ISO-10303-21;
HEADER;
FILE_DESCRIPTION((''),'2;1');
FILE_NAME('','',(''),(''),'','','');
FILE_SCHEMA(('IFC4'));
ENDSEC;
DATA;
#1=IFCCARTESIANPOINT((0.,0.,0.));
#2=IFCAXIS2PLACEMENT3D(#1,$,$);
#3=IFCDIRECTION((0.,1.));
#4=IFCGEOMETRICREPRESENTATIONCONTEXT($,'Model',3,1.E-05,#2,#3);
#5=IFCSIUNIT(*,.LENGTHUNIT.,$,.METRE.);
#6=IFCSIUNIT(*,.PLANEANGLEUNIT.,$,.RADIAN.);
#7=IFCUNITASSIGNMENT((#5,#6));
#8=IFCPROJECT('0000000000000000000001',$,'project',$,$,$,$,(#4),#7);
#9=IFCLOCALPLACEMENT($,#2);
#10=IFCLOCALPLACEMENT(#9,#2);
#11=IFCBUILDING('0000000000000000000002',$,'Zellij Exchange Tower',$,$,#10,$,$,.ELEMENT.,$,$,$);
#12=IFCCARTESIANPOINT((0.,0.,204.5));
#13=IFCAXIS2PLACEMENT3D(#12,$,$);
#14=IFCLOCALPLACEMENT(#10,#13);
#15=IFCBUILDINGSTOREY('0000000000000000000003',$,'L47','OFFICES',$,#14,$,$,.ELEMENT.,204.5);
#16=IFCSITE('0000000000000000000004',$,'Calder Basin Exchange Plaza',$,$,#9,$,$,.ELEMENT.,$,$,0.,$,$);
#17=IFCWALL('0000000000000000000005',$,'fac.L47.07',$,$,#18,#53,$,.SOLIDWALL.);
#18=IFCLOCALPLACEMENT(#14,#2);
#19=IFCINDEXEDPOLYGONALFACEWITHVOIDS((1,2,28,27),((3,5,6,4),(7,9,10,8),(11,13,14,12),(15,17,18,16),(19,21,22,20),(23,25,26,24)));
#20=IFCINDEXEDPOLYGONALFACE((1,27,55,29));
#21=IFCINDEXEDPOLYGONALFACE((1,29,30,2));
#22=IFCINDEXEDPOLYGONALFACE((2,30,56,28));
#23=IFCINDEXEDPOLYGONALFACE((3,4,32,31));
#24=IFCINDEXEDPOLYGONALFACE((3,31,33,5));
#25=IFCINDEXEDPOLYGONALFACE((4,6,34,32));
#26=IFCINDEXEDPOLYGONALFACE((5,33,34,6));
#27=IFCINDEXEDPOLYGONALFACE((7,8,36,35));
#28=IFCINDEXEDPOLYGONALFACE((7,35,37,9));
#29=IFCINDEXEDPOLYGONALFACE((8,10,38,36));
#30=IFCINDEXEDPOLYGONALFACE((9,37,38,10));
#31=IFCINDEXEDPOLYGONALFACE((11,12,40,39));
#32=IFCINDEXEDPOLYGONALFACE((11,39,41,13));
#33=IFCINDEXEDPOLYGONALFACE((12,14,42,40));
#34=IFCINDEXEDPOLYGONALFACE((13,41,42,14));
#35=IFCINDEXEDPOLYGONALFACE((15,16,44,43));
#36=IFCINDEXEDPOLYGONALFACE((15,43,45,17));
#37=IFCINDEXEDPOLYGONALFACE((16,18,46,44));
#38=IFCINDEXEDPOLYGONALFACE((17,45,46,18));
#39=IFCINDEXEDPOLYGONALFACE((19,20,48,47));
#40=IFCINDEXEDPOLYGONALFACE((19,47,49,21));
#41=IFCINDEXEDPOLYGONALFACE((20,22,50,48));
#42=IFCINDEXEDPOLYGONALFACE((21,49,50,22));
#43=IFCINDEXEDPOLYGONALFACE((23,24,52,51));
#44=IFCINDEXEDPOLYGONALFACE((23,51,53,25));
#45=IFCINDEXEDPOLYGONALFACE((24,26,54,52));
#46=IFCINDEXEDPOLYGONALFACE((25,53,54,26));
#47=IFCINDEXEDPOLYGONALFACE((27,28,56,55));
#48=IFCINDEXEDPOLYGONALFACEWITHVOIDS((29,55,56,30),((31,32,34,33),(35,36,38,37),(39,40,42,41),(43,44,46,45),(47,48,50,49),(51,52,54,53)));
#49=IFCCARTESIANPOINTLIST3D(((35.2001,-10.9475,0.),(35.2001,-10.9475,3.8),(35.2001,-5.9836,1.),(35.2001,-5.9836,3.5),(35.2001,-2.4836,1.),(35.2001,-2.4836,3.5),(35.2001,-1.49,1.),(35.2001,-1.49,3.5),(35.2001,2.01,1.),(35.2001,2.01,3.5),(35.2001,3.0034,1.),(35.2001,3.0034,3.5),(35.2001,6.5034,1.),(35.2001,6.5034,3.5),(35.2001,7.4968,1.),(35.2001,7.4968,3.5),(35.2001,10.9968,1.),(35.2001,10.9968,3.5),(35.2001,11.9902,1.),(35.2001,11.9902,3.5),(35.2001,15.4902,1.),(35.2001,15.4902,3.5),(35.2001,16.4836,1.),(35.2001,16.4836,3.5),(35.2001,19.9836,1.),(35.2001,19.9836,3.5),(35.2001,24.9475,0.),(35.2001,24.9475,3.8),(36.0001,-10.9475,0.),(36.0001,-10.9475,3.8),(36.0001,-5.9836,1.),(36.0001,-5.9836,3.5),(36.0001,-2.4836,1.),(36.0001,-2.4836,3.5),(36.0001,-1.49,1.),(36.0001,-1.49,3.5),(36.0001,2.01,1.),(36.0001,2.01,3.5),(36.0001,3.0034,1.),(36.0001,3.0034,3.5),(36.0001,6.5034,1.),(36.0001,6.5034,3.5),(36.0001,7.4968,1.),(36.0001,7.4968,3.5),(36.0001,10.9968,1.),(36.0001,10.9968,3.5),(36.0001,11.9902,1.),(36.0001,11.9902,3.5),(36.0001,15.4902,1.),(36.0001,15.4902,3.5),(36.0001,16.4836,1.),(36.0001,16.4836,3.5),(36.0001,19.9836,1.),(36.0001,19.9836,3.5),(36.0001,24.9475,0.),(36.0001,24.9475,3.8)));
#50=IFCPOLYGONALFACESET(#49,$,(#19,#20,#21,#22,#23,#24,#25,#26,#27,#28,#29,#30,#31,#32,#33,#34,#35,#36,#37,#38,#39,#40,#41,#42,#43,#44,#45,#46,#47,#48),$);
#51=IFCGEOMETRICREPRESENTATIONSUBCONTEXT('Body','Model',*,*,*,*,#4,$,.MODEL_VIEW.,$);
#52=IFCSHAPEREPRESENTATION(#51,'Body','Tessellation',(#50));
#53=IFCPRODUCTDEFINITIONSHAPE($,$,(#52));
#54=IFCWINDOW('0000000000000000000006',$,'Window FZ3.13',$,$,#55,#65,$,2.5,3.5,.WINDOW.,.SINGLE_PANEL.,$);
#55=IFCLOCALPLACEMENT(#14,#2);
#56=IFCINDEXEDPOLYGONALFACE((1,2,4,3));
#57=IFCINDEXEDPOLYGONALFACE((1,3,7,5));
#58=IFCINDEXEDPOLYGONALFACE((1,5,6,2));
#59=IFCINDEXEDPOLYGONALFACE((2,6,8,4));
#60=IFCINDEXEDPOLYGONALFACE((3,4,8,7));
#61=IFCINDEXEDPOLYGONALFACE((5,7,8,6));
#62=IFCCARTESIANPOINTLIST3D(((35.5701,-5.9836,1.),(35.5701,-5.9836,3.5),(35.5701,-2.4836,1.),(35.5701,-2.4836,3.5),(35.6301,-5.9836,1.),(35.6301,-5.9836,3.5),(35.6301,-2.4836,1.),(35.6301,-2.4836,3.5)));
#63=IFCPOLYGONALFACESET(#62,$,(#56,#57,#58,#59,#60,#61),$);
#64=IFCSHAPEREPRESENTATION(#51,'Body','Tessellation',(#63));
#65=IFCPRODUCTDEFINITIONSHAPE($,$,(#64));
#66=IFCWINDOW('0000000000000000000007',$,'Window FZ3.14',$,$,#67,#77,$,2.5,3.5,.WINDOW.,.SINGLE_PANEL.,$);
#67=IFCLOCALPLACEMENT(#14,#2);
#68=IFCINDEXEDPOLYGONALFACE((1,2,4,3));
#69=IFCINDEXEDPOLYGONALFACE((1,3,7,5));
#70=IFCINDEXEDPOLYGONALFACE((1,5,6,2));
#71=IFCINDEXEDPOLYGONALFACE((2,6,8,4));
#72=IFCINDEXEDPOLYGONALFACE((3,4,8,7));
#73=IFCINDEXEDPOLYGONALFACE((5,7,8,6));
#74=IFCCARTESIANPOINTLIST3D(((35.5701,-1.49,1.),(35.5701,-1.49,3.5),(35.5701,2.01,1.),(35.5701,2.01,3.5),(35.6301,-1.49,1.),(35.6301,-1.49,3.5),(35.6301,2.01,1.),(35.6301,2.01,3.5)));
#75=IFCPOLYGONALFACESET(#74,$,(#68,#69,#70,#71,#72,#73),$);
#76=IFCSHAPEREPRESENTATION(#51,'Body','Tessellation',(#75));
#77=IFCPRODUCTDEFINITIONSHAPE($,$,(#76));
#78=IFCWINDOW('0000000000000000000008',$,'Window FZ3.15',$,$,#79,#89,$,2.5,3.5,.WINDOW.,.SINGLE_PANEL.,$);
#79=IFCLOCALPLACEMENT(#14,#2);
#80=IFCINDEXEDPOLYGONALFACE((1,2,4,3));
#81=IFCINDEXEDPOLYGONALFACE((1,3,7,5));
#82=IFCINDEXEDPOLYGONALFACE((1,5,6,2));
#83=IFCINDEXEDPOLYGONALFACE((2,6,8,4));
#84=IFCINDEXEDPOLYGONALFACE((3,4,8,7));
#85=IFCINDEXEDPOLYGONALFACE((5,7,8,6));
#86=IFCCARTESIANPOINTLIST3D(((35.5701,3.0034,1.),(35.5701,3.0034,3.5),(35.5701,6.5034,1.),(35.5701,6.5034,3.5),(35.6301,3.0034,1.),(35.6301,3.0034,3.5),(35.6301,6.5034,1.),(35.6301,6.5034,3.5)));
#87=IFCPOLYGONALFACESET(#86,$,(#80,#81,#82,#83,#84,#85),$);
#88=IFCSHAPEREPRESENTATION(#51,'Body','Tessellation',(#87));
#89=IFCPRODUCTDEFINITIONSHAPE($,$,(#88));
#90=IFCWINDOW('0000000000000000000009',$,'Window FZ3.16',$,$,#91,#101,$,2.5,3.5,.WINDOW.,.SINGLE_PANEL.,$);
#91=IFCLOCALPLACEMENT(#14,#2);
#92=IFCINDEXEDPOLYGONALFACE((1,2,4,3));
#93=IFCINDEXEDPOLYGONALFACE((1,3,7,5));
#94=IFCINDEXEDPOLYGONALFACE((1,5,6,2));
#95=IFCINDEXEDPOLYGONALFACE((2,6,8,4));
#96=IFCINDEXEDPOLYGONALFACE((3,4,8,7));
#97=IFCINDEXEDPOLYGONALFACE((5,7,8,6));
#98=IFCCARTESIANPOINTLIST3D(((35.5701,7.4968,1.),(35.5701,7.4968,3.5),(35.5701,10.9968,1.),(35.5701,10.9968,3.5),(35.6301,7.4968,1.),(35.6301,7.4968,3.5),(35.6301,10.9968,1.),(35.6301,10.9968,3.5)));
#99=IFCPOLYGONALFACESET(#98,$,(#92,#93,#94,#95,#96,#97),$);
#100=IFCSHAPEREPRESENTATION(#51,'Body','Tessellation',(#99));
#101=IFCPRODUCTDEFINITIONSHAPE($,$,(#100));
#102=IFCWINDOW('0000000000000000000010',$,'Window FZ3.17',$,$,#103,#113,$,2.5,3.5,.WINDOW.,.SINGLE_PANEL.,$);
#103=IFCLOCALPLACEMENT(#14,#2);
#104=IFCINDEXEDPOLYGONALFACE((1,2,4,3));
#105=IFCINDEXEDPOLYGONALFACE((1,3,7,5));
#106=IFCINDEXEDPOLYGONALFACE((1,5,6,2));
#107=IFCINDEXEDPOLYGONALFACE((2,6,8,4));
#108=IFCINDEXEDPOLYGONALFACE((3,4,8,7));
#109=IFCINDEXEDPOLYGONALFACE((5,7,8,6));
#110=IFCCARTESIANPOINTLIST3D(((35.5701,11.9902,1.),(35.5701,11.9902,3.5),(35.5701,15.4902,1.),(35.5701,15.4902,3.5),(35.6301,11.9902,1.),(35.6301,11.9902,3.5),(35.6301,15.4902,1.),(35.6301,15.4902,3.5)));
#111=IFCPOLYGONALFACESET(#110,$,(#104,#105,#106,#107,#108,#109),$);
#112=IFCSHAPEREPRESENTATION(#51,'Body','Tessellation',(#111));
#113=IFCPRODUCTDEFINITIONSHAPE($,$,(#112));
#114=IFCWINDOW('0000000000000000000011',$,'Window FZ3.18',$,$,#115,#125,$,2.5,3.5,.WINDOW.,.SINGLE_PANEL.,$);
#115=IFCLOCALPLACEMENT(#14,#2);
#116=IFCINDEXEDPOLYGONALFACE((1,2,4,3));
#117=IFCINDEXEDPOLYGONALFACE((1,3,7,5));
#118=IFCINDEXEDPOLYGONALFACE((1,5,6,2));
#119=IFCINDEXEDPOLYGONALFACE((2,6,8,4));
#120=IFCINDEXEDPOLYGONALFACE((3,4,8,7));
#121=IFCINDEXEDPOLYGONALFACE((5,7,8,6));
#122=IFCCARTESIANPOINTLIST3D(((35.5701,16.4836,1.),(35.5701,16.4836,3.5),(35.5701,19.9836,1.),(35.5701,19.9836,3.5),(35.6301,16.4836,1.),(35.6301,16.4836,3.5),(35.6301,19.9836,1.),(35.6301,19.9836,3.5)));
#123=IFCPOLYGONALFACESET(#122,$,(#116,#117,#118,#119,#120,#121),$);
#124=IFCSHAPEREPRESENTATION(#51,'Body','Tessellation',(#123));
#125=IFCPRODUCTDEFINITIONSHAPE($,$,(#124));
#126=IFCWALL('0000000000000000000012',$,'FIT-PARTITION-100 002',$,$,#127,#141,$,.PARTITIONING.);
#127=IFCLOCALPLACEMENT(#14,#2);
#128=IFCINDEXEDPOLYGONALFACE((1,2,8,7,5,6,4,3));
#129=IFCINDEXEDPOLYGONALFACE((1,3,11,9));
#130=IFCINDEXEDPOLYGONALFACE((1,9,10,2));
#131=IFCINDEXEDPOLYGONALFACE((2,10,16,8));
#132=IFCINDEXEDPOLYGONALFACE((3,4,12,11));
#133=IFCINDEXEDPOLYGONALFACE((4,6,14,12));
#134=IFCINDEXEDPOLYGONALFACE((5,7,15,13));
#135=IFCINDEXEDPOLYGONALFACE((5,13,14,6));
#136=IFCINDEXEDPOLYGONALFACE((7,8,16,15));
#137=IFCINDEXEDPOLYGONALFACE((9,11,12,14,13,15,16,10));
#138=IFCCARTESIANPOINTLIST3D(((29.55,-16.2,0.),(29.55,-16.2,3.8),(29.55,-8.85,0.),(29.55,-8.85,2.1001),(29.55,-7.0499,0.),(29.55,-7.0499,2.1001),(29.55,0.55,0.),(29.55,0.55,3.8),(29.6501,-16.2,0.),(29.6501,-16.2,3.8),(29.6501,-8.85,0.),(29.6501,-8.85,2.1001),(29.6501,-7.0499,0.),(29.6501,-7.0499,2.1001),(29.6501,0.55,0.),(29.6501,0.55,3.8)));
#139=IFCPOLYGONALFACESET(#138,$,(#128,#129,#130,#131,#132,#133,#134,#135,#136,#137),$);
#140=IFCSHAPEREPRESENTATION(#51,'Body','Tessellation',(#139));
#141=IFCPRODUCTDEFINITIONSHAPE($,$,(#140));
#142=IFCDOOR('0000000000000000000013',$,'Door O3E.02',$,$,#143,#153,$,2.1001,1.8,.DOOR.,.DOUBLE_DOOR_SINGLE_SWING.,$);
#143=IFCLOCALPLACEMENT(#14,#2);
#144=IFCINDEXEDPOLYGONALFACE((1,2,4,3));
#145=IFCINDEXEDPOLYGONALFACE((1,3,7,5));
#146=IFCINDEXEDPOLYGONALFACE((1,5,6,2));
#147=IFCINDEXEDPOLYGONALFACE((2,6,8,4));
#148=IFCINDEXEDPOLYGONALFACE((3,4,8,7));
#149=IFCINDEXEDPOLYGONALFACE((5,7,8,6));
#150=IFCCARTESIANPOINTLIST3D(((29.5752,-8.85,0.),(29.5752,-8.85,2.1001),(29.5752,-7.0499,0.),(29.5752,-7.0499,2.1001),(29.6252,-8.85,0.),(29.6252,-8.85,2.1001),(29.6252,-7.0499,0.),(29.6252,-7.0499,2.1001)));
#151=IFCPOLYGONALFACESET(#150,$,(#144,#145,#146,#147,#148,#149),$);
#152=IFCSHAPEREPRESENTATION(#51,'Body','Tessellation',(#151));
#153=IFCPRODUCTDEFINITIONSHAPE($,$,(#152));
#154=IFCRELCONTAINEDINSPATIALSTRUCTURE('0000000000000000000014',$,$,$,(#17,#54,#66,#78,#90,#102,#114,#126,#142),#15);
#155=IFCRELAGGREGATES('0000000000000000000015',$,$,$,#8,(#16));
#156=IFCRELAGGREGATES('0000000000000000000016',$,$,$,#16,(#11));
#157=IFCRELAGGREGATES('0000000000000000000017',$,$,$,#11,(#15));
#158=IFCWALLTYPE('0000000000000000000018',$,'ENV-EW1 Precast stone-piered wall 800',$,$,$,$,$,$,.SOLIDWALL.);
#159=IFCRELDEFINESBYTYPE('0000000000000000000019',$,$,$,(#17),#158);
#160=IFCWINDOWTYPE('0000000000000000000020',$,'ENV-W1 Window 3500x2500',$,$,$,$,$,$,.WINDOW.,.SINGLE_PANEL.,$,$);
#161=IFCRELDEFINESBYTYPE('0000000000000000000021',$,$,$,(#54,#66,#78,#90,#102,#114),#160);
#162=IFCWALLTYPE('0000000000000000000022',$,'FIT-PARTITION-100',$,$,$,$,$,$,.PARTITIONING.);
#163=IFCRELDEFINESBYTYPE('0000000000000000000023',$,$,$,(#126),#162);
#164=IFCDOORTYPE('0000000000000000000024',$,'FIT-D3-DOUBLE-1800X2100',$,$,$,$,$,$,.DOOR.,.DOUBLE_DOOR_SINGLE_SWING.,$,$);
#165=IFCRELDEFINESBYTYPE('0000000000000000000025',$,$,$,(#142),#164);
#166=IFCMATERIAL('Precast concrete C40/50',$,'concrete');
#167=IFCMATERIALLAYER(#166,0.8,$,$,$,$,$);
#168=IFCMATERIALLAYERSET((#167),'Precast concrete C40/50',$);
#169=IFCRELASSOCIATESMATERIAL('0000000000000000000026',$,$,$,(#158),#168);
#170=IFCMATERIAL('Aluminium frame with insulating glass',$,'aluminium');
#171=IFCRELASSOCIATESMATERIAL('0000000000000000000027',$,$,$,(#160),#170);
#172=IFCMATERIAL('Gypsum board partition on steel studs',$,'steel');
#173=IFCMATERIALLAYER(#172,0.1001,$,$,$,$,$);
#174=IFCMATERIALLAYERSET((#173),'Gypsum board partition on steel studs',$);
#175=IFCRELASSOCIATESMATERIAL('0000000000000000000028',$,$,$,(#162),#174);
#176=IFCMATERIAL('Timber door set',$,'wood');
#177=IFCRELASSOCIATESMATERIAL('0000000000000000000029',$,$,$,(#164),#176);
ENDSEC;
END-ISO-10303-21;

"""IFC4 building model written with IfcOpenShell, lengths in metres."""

from ifc_helpers import new_model, si_unit, direction, frame, frame_2d, origin, place, context, subcontext, project, spatial, rectangle, extrude, material, layer, layer_set, type_object, element, fill, save


model = new_model("IFC4")

# Units and contexts
model_context = context("Model", 3, precision=1e-05, world=origin(), true_north=direction((0.0, 1.0)))
body_context = subcontext(model_context, "Body", "Model", "MODEL_VIEW")
ifc_project = project(units=[si_unit("LENGTHUNIT", "METRE"), si_unit("PLANEANGLEUNIT", "RADIAN")], contexts=[model_context])

# Site, building, storey
site_placement = place(None, origin())
site = spatial("IfcSite", under=ifc_project, at=site_placement, Name="Calder Basin Exchange Plaza", CompositionType="ELEMENT", RefElevation=0.0)
building_placement = place(site_placement, origin())
building = spatial("IfcBuilding", under=site, at=building_placement, Name="Zellij Exchange Tower", CompositionType="ELEMENT")
storey_placement = place(building_placement, frame((0.0, 0.0, 204.5)))
storey = spatial("IfcBuildingStorey", under=building, at=storey_placement, Name="L47", Description="OFFICES", CompositionType="ELEMENT", Elevation=204.5)

# Shared definitions
ifc_material_1 = material(Name="Precast concrete C40/50", Category="concrete")
ifc_layer_1 = layer(ifc_material_1, 0.8)
ifc_layer_set_1 = layer_set([ifc_layer_1], Name="Precast concrete C40/50")
wall_type_1 = type_object("IfcWallType", Name="ENV-EW1 Precast stone-piered wall 800", PredefinedType="SOLIDWALL", material=ifc_layer_set_1)

# Wall, openings, windows
wall_1_placement = place(storey_placement, frame((35.6001, -10.9475, 0.0), z_axis=(0.0, 0.0, 1.0), x_axis=(0.0, 1.0, 0.0)))
wall_1 = element("IfcWall", 1, at=wall_1_placement, inside=storey, type_object=wall_type_1, Name="fac.L47.07", PredefinedType="SOLIDWALL", context=body_context, shape_type="SweptSolid", body=[
    extrude(rectangle(XDim=35.895, YDim=0.8, at=frame_2d((17.9475, 0.0))), origin(), (0.0, 0.0, 1.0), 3.8),
])
opening_1_placement = place(wall_1_placement, frame((4.9639, 0.0, 1.0)))
opening_1 = element("IfcOpeningElement", 2, at=opening_1_placement, cuts=wall_1, PredefinedType="OPENING", context=body_context, shape_type="SweptSolid", body=[
    extrude(rectangle(XDim=3.5, YDim=2.5, at=frame_2d((1.75, 1.25))), frame((0.0, 0.4121, 0.0), z_axis=(0.0, -1.0, 0.0), x_axis=(1.0, 0.0, 0.0)), (0.0, 0.0, 1.0), 0.824),
])
opening_2_placement = place(wall_1_placement, frame((9.4575, 0.0, 1.0)))
opening_2 = element("IfcOpeningElement", 3, at=opening_2_placement, cuts=wall_1, PredefinedType="OPENING", context=body_context, shape_type="SweptSolid", body=[
    extrude(rectangle(XDim=3.5, YDim=2.5, at=frame_2d((1.75, 1.25))), frame((0.0, 0.4121, 0.0), z_axis=(0.0, -1.0, 0.0), x_axis=(1.0, 0.0, 0.0)), (0.0, 0.0, 1.0), 0.824),
])
opening_3_placement = place(wall_1_placement, frame((13.9509, 0.0, 1.0)))
opening_3 = element("IfcOpeningElement", 4, at=opening_3_placement, cuts=wall_1, PredefinedType="OPENING", context=body_context, shape_type="SweptSolid", body=[
    extrude(rectangle(XDim=3.5, YDim=2.5, at=frame_2d((1.75, 1.25))), frame((0.0, 0.4121, 0.0), z_axis=(0.0, -1.0, 0.0), x_axis=(1.0, 0.0, 0.0)), (0.0, 0.0, 1.0), 0.824),
])
opening_4_placement = place(wall_1_placement, frame((18.4443, 0.0, 1.0)))
opening_4 = element("IfcOpeningElement", 5, at=opening_4_placement, cuts=wall_1, PredefinedType="OPENING", context=body_context, shape_type="SweptSolid", body=[
    extrude(rectangle(XDim=3.5, YDim=2.5, at=frame_2d((1.75, 1.25))), frame((0.0, 0.4121, 0.0), z_axis=(0.0, -1.0, 0.0), x_axis=(1.0, 0.0, 0.0)), (0.0, 0.0, 1.0), 0.824),
])
opening_5_placement = place(wall_1_placement, frame((22.9377, 0.0, 1.0)))
opening_5 = element("IfcOpeningElement", 6, at=opening_5_placement, cuts=wall_1, PredefinedType="OPENING", context=body_context, shape_type="SweptSolid", body=[
    extrude(rectangle(XDim=3.5, YDim=2.5, at=frame_2d((1.75, 1.25))), frame((0.0, 0.4121, 0.0), z_axis=(0.0, -1.0, 0.0), x_axis=(1.0, 0.0, 0.0)), (0.0, 0.0, 1.0), 0.824),
])
opening_6_placement = place(wall_1_placement, frame((27.4312, 0.0, 1.0)))
opening_6 = element("IfcOpeningElement", 7, at=opening_6_placement, cuts=wall_1, PredefinedType="OPENING", context=body_context, shape_type="SweptSolid", body=[
    extrude(rectangle(XDim=3.5, YDim=2.5, at=frame_2d((1.75, 1.25))), frame((0.0, 0.4121, 0.0), z_axis=(0.0, -1.0, 0.0), x_axis=(1.0, 0.0, 0.0)), (0.0, 0.0, 1.0), 0.824),
])
ifc_material_2 = material(Name="Aluminium frame with insulating glass", Category="aluminium")
window_type = type_object("IfcWindowType", Name="ENV-W1 Window 3500x2500", PartitioningType="SINGLE_PANEL", PredefinedType="WINDOW", material=ifc_material_2)
window_1_placement = place(opening_1_placement, origin())
window_1 = element("IfcWindow", 8, at=window_1_placement, inside=storey, type_object=window_type, Name="Window FZ3.13", OverallHeight=2.5, OverallWidth=3.5, PartitioningType="SINGLE_PANEL", PredefinedType="WINDOW", context=body_context, shape_type="SweptSolid", body=[
    extrude(rectangle(XDim=3.5, YDim=2.5, at=frame_2d((1.75, 1.25))), frame((0.0, 0.03, 0.0), z_axis=(0.0, -1.0, 0.0), x_axis=(1.0, 0.0, 0.0)), (0.0, 0.0, 1.0), 0.0601),
])
fill(opening_1, window_1)
window_2_placement = place(opening_2_placement, origin())
window_2 = element("IfcWindow", 9, at=window_2_placement, inside=storey, type_object=window_type, Name="Window FZ3.14", OverallHeight=2.5, OverallWidth=3.5, PartitioningType="SINGLE_PANEL", PredefinedType="WINDOW", context=body_context, shape_type="SweptSolid", body=[
    extrude(rectangle(XDim=3.5, YDim=2.5, at=frame_2d((1.75, 1.25))), frame((0.0, 0.03, 0.0), z_axis=(0.0, -1.0, 0.0), x_axis=(1.0, 0.0, 0.0)), (0.0, 0.0, 1.0), 0.0601),
])
fill(opening_2, window_2)
window_3_placement = place(opening_3_placement, origin())
window_3 = element("IfcWindow", 10, at=window_3_placement, inside=storey, type_object=window_type, Name="Window FZ3.15", OverallHeight=2.5, OverallWidth=3.5, PartitioningType="SINGLE_PANEL", PredefinedType="WINDOW", context=body_context, shape_type="SweptSolid", body=[
    extrude(rectangle(XDim=3.5, YDim=2.5, at=frame_2d((1.75, 1.25))), frame((0.0, 0.03, 0.0), z_axis=(0.0, -1.0, 0.0), x_axis=(1.0, 0.0, 0.0)), (0.0, 0.0, 1.0), 0.0601),
])
fill(opening_3, window_3)
window_4_placement = place(opening_4_placement, origin())
window_4 = element("IfcWindow", 11, at=window_4_placement, inside=storey, type_object=window_type, Name="Window FZ3.16", OverallHeight=2.5, OverallWidth=3.5, PartitioningType="SINGLE_PANEL", PredefinedType="WINDOW", context=body_context, shape_type="SweptSolid", body=[
    extrude(rectangle(XDim=3.5, YDim=2.5, at=frame_2d((1.75, 1.25))), frame((0.0, 0.03, 0.0), z_axis=(0.0, -1.0, 0.0), x_axis=(1.0, 0.0, 0.0)), (0.0, 0.0, 1.0), 0.0601),
])
fill(opening_4, window_4)
window_5_placement = place(opening_5_placement, origin())
window_5 = element("IfcWindow", 12, at=window_5_placement, inside=storey, type_object=window_type, Name="Window FZ3.17", OverallHeight=2.5, OverallWidth=3.5, PartitioningType="SINGLE_PANEL", PredefinedType="WINDOW", context=body_context, shape_type="SweptSolid", body=[
    extrude(rectangle(XDim=3.5, YDim=2.5, at=frame_2d((1.75, 1.25))), frame((0.0, 0.03, 0.0), z_axis=(0.0, -1.0, 0.0), x_axis=(1.0, 0.0, 0.0)), (0.0, 0.0, 1.0), 0.0601),
])
fill(opening_5, window_5)
window_6_placement = place(opening_6_placement, origin())
window_6 = element("IfcWindow", 13, at=window_6_placement, inside=storey, type_object=window_type, Name="Window FZ3.18", OverallHeight=2.5, OverallWidth=3.5, PartitioningType="SINGLE_PANEL", PredefinedType="WINDOW", context=body_context, shape_type="SweptSolid", body=[
    extrude(rectangle(XDim=3.5, YDim=2.5, at=frame_2d((1.75, 1.25))), frame((0.0, 0.03, 0.0), z_axis=(0.0, -1.0, 0.0), x_axis=(1.0, 0.0, 0.0)), (0.0, 0.0, 1.0), 0.0601),
])
fill(opening_6, window_6)

# Wall, opening, door
ifc_material_3 = material(Name="Gypsum board partition on steel studs", Category="steel")
ifc_layer_2 = layer(ifc_material_3, 0.1001)
ifc_layer_set_2 = layer_set([ifc_layer_2], Name="Gypsum board partition on steel studs")
wall_type_2 = type_object("IfcWallType", Name="FIT-PARTITION-100", PredefinedType="PARTITIONING", material=ifc_layer_set_2)
wall_2_placement = place(storey_placement, frame((29.6001, -16.2, 0.0), z_axis=(0.0, 0.0, 1.0), x_axis=(0.0, 1.0, 0.0)))
wall_2 = element("IfcWall", 14, at=wall_2_placement, inside=storey, type_object=wall_type_2, Name="FIT-PARTITION-100 002", PredefinedType="PARTITIONING", context=body_context, shape_type="SweptSolid", body=[
    extrude(rectangle(XDim=16.75, YDim=0.1001, at=frame_2d((8.375, 0.0))), origin(), (0.0, 0.0, 1.0), 3.8),
])
opening_7_placement = place(wall_2_placement, frame((7.3501, 0.0, 0.0)))
opening_7 = element("IfcOpeningElement", 15, at=opening_7_placement, cuts=wall_2, PredefinedType="OPENING", context=body_context, shape_type="SweptSolid", body=[
    extrude(rectangle(XDim=1.8, YDim=2.1001, at=frame_2d((0.8999, 1.05))), frame((0.0, 0.062, 0.0), z_axis=(0.0, -1.0, 0.0), x_axis=(1.0, 0.0, 0.0)), (0.0, 0.0, 1.0), 0.124),
])
ifc_material_4 = material(Name="Timber door set", Category="wood")
door_type_1 = type_object("IfcDoorType", Name="FIT-D3-DOUBLE-1800X2100", OperationType="DOUBLE_DOOR_SINGLE_SWING", PredefinedType="DOOR", material=ifc_material_4)
door_1_placement = place(opening_7_placement, origin())
door_1 = element("IfcDoor", 16, at=door_1_placement, inside=storey, type_object=door_type_1, Name="Door O3E.02", OperationType="DOUBLE_DOOR_SINGLE_SWING", OverallHeight=2.1001, OverallWidth=1.8, PredefinedType="DOOR", context=body_context, shape_type="SweptSolid", body=[
    extrude(rectangle(XDim=1.8, YDim=2.1001, at=frame_2d((0.8999, 1.05))), frame((0.0, 0.0249, 0.0), z_axis=(0.0, -1.0, 0.0), x_axis=(1.0, 0.0, 0.0)), (0.0, 0.0, 1.0), 0.05),
])
fill(opening_7, door_1)

save(model, "model.ifc")
